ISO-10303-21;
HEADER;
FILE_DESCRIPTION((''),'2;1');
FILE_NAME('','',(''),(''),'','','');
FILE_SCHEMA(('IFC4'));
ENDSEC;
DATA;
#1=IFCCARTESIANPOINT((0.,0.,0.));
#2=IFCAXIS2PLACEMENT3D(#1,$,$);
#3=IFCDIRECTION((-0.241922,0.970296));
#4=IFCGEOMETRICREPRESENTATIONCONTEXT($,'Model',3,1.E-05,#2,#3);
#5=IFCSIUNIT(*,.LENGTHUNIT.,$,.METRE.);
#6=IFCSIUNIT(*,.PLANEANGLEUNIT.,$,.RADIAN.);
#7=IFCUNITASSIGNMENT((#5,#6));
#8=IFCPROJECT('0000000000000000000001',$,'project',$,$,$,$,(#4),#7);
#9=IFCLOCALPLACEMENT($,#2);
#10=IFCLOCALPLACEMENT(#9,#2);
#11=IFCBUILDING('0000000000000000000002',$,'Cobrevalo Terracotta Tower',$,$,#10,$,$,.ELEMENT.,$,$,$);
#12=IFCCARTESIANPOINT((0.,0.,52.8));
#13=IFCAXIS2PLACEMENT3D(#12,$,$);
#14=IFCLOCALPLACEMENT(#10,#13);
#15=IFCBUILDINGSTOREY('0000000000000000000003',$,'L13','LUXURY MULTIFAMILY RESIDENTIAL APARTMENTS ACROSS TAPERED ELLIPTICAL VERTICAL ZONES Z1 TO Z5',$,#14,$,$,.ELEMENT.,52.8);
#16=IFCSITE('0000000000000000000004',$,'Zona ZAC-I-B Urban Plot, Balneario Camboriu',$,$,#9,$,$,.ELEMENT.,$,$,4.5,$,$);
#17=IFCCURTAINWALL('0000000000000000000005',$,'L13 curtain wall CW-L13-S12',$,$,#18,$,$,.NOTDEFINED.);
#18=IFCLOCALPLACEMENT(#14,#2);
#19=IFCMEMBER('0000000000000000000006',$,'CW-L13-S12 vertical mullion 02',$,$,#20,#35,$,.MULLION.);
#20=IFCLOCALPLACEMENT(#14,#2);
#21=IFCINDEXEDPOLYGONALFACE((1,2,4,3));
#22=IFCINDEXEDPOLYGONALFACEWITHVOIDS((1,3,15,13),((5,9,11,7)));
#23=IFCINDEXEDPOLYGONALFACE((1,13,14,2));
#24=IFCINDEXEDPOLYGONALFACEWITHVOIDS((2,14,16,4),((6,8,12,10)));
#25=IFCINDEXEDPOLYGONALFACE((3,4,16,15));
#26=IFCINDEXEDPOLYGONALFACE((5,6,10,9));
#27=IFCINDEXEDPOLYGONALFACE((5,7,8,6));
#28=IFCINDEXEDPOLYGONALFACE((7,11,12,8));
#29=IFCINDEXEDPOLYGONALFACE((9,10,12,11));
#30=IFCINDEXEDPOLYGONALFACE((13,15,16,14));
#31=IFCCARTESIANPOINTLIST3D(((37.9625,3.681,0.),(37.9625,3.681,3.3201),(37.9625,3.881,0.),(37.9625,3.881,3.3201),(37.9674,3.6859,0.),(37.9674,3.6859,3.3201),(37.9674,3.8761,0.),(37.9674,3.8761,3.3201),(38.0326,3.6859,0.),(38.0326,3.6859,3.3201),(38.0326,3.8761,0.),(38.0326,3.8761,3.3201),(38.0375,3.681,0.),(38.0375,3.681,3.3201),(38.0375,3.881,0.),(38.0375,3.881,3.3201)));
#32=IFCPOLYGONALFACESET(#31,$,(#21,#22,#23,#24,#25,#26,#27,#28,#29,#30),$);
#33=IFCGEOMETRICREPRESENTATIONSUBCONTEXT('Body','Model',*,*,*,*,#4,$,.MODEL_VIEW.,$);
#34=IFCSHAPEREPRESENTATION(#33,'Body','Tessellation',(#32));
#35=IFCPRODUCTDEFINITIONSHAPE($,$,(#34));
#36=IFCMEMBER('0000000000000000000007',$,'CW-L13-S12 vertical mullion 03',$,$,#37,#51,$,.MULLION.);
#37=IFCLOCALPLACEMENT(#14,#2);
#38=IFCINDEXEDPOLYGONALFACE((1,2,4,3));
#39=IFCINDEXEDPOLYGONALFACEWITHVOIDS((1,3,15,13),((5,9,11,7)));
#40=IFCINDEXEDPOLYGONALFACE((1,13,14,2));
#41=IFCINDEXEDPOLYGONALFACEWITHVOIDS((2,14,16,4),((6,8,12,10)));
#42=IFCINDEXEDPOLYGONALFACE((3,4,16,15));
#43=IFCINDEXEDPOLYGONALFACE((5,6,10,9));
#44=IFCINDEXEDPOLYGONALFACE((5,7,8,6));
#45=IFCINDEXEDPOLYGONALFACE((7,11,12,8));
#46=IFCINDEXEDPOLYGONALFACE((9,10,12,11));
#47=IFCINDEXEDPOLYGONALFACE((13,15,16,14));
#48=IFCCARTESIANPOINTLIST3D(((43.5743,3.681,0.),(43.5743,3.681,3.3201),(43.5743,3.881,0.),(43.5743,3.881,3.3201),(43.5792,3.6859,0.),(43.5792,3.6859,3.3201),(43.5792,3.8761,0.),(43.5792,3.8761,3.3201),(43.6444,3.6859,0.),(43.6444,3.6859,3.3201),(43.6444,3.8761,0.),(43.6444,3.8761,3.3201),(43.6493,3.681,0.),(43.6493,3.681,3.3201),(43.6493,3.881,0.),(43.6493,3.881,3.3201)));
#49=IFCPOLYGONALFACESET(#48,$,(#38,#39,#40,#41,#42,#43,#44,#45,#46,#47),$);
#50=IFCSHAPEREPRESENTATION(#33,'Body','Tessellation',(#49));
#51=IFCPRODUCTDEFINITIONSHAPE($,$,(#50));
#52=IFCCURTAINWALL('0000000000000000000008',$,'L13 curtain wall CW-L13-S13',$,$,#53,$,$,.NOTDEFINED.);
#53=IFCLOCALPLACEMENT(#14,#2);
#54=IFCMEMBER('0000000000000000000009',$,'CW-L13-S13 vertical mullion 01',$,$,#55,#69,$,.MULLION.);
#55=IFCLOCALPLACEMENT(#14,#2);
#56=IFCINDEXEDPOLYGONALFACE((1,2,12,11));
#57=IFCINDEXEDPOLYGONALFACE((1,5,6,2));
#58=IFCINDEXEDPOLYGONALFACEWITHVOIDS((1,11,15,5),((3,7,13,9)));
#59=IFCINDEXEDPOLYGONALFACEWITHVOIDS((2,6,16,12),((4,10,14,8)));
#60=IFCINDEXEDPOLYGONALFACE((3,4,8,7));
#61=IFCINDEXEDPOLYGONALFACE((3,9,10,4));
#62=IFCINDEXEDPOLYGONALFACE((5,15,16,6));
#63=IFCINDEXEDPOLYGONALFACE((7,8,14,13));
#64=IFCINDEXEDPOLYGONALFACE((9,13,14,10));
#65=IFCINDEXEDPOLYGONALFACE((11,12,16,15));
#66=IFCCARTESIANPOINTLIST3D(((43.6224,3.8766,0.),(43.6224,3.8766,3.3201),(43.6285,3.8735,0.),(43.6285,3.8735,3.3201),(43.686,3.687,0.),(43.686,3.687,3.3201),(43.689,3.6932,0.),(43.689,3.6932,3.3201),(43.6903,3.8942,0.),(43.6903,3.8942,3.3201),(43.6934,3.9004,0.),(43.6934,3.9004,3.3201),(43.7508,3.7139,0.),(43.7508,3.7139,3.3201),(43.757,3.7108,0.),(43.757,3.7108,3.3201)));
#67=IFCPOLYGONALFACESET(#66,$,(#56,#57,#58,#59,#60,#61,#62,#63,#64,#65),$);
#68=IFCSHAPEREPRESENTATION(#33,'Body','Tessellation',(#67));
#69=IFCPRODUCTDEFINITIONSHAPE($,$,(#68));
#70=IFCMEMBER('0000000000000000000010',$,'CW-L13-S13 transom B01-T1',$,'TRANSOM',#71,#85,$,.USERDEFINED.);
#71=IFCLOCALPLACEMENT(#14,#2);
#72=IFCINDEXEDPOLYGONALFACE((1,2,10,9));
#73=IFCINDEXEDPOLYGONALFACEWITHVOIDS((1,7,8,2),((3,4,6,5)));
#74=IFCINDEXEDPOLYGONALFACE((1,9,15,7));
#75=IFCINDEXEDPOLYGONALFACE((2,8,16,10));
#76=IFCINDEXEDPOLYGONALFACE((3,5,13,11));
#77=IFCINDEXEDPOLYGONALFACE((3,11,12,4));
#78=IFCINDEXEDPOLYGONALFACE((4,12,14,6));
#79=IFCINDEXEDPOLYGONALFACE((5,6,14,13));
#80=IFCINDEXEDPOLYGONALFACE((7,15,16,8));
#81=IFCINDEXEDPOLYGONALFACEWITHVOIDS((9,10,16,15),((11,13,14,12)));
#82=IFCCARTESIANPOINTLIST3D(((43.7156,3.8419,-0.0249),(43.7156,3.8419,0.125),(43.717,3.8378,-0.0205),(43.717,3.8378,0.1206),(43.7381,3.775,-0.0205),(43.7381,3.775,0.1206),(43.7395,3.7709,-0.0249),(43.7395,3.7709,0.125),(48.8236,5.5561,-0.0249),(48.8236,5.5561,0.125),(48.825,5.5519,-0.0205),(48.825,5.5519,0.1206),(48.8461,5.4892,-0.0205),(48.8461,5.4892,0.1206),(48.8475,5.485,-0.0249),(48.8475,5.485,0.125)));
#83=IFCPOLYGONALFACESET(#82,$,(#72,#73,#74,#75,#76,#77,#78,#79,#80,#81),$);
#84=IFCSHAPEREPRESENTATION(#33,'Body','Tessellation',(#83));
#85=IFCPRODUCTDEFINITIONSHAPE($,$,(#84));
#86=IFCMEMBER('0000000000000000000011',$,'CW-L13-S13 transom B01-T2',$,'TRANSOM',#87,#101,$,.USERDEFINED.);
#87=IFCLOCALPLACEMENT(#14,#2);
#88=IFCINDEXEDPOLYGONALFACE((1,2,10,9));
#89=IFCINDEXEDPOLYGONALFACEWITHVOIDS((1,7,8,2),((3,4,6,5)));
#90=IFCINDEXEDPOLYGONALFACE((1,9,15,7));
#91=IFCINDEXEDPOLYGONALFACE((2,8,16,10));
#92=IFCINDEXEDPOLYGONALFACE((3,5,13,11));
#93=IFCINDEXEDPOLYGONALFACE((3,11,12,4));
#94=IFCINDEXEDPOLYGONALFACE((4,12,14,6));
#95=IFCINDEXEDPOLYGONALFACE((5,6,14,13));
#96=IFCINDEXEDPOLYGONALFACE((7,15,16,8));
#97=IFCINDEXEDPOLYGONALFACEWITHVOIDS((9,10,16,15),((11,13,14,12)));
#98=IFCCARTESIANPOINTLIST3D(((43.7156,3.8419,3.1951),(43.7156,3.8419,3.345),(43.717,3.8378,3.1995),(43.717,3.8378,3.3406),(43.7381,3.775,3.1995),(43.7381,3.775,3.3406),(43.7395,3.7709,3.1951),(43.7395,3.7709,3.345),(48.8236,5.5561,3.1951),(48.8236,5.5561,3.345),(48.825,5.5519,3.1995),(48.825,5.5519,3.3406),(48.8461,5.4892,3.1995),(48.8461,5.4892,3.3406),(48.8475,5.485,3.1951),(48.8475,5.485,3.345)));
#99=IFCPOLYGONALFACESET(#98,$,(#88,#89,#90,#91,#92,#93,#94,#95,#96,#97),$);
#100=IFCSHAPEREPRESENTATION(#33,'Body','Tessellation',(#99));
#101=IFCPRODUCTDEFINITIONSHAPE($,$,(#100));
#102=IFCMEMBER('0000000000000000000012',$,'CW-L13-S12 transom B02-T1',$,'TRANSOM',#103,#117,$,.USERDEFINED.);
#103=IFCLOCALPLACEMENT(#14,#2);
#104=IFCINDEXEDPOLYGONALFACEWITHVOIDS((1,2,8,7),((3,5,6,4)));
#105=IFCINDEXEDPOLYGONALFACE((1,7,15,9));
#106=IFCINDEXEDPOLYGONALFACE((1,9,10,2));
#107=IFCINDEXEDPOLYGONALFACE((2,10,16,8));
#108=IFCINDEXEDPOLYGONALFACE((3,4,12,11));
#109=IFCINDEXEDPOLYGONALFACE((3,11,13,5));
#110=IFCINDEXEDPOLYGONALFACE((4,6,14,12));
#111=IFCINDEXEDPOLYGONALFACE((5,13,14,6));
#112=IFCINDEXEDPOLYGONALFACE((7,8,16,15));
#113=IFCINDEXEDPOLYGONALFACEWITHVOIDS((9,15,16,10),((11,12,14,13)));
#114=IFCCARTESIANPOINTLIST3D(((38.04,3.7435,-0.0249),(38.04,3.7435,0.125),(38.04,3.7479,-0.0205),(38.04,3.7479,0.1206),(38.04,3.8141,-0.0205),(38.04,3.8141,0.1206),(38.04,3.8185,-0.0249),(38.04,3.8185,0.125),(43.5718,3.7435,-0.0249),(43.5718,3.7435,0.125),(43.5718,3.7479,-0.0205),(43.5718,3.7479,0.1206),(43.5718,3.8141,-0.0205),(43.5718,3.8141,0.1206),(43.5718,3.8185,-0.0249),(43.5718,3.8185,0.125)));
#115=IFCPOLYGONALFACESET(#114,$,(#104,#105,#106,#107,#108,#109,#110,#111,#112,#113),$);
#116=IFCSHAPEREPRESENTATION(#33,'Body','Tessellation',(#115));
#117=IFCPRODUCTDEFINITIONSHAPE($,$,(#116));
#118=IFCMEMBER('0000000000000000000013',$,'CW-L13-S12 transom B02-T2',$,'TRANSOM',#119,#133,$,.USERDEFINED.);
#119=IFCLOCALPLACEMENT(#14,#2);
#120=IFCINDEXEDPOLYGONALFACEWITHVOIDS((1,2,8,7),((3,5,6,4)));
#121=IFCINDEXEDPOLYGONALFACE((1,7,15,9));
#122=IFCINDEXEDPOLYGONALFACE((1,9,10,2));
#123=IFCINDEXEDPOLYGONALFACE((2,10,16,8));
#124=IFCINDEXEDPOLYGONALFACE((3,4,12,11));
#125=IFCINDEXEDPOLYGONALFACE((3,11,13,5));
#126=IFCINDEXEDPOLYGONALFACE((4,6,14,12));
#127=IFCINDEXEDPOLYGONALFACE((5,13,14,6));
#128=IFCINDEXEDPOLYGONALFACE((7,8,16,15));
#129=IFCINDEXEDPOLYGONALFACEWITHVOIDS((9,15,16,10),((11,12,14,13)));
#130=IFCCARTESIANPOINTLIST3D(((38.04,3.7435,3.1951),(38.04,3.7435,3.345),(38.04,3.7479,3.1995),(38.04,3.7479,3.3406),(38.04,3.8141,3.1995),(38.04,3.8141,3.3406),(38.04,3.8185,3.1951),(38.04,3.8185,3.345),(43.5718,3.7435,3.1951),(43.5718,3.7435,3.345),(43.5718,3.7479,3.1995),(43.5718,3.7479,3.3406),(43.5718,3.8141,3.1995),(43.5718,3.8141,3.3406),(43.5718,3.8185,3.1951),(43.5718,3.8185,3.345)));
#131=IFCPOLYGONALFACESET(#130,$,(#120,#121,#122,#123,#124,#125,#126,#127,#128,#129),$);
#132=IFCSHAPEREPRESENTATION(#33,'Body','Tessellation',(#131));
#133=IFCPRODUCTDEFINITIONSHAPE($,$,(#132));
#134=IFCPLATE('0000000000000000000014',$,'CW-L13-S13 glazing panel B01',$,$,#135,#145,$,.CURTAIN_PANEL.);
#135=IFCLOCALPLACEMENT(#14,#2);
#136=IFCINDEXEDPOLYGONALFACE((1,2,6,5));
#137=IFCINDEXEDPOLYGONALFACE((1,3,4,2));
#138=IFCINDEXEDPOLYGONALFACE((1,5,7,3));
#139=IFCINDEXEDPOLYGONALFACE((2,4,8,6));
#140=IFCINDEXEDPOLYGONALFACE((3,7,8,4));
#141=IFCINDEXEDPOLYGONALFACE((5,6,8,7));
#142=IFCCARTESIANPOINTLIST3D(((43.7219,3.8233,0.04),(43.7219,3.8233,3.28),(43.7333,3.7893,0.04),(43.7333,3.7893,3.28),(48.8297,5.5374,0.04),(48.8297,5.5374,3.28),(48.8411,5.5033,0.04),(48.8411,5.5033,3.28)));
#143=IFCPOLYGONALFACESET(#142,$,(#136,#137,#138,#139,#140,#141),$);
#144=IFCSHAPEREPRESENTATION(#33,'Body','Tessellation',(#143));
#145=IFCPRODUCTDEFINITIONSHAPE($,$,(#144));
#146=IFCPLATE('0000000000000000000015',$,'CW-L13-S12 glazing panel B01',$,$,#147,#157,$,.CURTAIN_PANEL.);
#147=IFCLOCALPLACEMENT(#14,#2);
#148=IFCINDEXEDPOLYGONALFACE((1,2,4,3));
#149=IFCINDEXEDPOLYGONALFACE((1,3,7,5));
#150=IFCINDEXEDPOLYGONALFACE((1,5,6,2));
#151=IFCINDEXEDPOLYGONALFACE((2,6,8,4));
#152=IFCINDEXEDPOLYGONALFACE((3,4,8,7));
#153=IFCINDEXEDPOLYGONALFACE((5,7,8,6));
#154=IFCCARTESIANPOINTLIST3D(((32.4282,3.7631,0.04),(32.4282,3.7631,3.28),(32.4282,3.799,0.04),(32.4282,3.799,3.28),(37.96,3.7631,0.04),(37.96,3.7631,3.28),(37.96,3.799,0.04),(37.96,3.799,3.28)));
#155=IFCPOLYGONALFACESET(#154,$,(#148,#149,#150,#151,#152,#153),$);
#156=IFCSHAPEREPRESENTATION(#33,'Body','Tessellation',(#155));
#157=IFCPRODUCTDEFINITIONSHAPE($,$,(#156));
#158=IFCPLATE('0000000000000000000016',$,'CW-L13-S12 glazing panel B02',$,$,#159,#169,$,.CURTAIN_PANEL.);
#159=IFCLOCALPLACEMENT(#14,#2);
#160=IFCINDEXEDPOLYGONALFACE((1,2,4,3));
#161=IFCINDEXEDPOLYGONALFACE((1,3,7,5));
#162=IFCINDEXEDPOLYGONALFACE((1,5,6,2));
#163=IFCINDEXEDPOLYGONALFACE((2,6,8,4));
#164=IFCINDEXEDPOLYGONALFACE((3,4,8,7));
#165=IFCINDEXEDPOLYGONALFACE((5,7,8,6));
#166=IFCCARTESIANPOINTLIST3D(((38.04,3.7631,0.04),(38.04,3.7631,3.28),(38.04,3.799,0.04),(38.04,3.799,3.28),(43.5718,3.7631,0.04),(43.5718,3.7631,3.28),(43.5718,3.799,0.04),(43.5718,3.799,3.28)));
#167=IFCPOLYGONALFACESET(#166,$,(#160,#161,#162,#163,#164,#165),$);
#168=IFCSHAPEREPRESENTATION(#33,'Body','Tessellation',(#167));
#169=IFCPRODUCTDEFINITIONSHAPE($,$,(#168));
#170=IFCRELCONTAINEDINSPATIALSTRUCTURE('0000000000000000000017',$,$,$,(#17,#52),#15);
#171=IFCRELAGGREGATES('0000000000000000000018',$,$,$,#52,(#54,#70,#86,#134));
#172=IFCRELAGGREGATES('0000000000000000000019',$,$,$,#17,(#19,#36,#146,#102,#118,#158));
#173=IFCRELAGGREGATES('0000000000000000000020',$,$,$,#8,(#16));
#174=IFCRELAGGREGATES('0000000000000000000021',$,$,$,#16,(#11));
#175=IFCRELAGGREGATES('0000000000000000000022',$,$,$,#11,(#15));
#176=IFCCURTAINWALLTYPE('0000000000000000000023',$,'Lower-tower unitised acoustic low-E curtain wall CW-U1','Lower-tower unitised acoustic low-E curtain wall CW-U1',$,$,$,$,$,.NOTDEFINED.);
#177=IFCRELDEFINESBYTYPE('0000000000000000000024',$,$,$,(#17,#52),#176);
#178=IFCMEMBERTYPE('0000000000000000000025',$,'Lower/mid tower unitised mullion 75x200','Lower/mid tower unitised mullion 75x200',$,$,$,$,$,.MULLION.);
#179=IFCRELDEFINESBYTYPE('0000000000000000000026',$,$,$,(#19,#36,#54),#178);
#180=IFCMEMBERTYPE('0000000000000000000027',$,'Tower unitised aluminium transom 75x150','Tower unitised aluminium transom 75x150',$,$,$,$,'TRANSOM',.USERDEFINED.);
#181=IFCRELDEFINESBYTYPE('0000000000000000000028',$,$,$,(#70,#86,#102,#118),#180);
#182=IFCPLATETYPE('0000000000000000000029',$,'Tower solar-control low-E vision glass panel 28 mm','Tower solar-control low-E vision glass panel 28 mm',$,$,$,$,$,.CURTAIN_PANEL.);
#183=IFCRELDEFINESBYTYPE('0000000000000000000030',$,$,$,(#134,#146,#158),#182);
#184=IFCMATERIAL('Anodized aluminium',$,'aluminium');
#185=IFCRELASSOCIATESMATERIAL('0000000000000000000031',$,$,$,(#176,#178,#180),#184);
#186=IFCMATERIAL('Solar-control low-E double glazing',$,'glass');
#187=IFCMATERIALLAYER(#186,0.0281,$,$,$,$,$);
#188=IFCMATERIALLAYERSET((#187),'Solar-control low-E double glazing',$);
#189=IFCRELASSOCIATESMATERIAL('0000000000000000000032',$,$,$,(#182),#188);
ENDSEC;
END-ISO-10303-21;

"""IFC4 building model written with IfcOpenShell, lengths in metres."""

from ifc_helpers import new_model, si_unit, direction, frame, origin, origin_2d, place, context, subcontext, project, spatial, rectangle, hollow_rectangle, extrude, source, transform, mapped, material, layer, layer_set, material_profile, profile_set, type_object, element, aggregate, save


model = new_model("IFC4")

# Units and contexts
model_context = context("Model", 3, precision=1e-05, world=origin(), true_north=direction((-0.241922, 0.970296)))
body_context = subcontext(model_context, "Body", "Model", "MODEL_VIEW")
ifc_project = project(units=[si_unit("LENGTHUNIT", "METRE"), si_unit("PLANEANGLEUNIT", "RADIAN")], contexts=[model_context])

# Site, building, storey
site_placement = place(None, origin())
site = spatial("IfcSite", under=ifc_project, at=site_placement, Name="Zona ZAC-I-B Urban Plot, Balneario Camboriu", CompositionType="ELEMENT", RefElevation=4.5)
building_placement = place(site_placement, origin())
building = spatial("IfcBuilding", under=site, at=building_placement, Name="Cobrevalo Terracotta Tower", CompositionType="ELEMENT")
storey_placement = place(building_placement, frame((0.0, 0.0, 52.8)))
storey = spatial("IfcBuildingStorey", under=building, at=storey_placement, Name="L13", Description="LUXURY MULTIFAMILY RESIDENTIAL APARTMENTS ACROSS TAPERED ELLIPTICAL VERTICAL ZONES Z1 TO Z5", CompositionType="ELEMENT", Elevation=52.8)

# Curtain walls, members
ifc_material_1 = material(Name="Anodized aluminium", Category="aluminium")
curtain_wall_type = type_object("IfcCurtainWallType", Name="Lower-tower unitised acoustic low-E curtain wall CW-U1", Description="Lower-tower unitised acoustic low-E curtain wall CW-U1", PredefinedType="NOTDEFINED", material=ifc_material_1)
curtain_wall_1_placement = place(storey_placement, origin())
curtain_wall_1 = element("IfcCurtainWall", 1, at=curtain_wall_1_placement, inside=storey, type_object=curtain_wall_type, Name="L13 curtain wall CW-L13-S12", PredefinedType="NOTDEFINED")
ifc_material_profile_1 = material_profile(ifc_material_1, hollow_rectangle(XDim=0.075, YDim=0.2, WallThickness=0.0049, at=origin_2d()), Name="CWM 75x200")
ifc_profile_set_1 = profile_set([ifc_material_profile_1], Name="Anodized aluminium")
member_type_1 = type_object("IfcMemberType", Name="Lower/mid tower unitised mullion 75x200", Description="Lower/mid tower unitised mullion 75x200", PredefinedType="MULLION", material=ifc_profile_set_1)
shared_shape_1 = source(origin(), body_context, "Body", "SweptSolid", [
    extrude(hollow_rectangle(XDim=0.075, YDim=0.2, WallThickness=0.0049, at=origin_2d()), origin(), (0.0, 0.0, 1.0), 3.3201),
])
member_1_placement = place(storey_placement, frame((38.0, 3.781, 0.0), z_axis=(0.0, 0.0, 1.0), x_axis=(1.0, 0.0, 0.0)))
member_1 = element("IfcMember", 2, at=member_1_placement, type_object=member_type_1, Name="CW-L13-S12 vertical mullion 02", PredefinedType="MULLION", context=body_context, shape_type="MappedRepresentation", body=[
    mapped(shared_shape_1, transform((0.0, 0.0, 0.0), scale=1.0)),
])
member_2_placement = place(storey_placement, frame((43.6118, 3.781, 0.0), z_axis=(0.0, 0.0, 1.0), x_axis=(1.0, 0.0, 0.0)))
member_2 = element("IfcMember", 3, at=member_2_placement, type_object=member_type_1, Name="CW-L13-S12 vertical mullion 03", PredefinedType="MULLION", context=body_context, shape_type="MappedRepresentation", body=[
    mapped(shared_shape_1, transform((0.0, 0.0, 0.0), scale=1.0)),
])
curtain_wall_2_placement = place(storey_placement, origin())
curtain_wall_2 = element("IfcCurtainWall", 4, at=curtain_wall_2_placement, inside=storey, type_object=curtain_wall_type, Name="L13 curtain wall CW-L13-S13", PredefinedType="NOTDEFINED")
member_3_placement = place(storey_placement, frame((43.6897, 3.7937, 0.0), z_axis=(0.0, 0.0, 1.0), x_axis=(0.948046, 0.318132, 0.0)))
member_3 = element("IfcMember", 5, at=member_3_placement, type_object=member_type_1, Name="CW-L13-S13 vertical mullion 01", PredefinedType="MULLION", context=body_context, shape_type="MappedRepresentation", body=[
    mapped(shared_shape_1, transform((0.0, 0.0, 0.0), scale=1.0)),
])
ifc_material_profile_2 = material_profile(ifc_material_1, hollow_rectangle(XDim=0.075, YDim=0.1499, WallThickness=0.0044, at=origin_2d()), Name="CWT 75x150")
ifc_profile_set_2 = profile_set([ifc_material_profile_2], Name="Anodized aluminium")
member_type_2 = type_object("IfcMemberType", Name="Tower unitised aluminium transom 75x150", Description="Tower unitised aluminium transom 75x150", ElementType="TRANSOM", PredefinedType="USERDEFINED", material=ifc_profile_set_2)
shared_shape_2 = source(origin(), body_context, "Body", "SweptSolid", [
    extrude(hollow_rectangle(XDim=0.075, YDim=0.1499, WallThickness=0.0044, at=origin_2d()), origin(), (0.0, 0.0, 1.0), 5.3879),
])
member_4_placement = place(storey_placement, frame((43.7275, 3.8064, 0.05), z_axis=(0.948042, 0.318144, 0.0), x_axis=(-0.318144, 0.948042, 0.0)))
member_4 = element("IfcMember", 6, at=member_4_placement, type_object=member_type_2, Name="CW-L13-S13 transom B01-T1", ObjectType="TRANSOM", PredefinedType="USERDEFINED", context=body_context, shape_type="MappedRepresentation", body=[
    mapped(shared_shape_2, transform((0.0, 0.0, 0.0), scale=1.0)),
])
member_5_placement = place(storey_placement, frame((43.7275, 3.8064, 3.27), z_axis=(0.948042, 0.318144, 0.0), x_axis=(-0.318144, 0.948042, 0.0)))
member_5 = element("IfcMember", 7, at=member_5_placement, type_object=member_type_2, Name="CW-L13-S13 transom B01-T2", ObjectType="TRANSOM", PredefinedType="USERDEFINED", context=body_context, shape_type="MappedRepresentation", body=[
    mapped(shared_shape_2, transform((0.0, 0.0, 0.0), scale=1.0)),
])

# Members
shared_shape_3 = source(origin(), body_context, "Body", "SweptSolid", [
    extrude(hollow_rectangle(XDim=0.075, YDim=0.1499, WallThickness=0.0044, at=origin_2d()), origin(), (0.0, 0.0, 1.0), 5.5317),
])
member_6_placement = place(storey_placement, frame((38.04, 3.781, 0.05), z_axis=(1.0, 0.0, 0.0), x_axis=(0.0, 1.0, 0.0)))
member_6 = element("IfcMember", 8, at=member_6_placement, type_object=member_type_2, Name="CW-L13-S12 transom B02-T1", ObjectType="TRANSOM", PredefinedType="USERDEFINED", context=body_context, shape_type="MappedRepresentation", body=[
    mapped(shared_shape_3, transform((0.0, 0.0, 0.0), scale=1.0)),
])
member_7_placement = place(storey_placement, frame((38.04, 3.781, 3.27), z_axis=(1.0, 0.0, 0.0), x_axis=(0.0, 1.0, 0.0)))
member_7 = element("IfcMember", 9, at=member_7_placement, type_object=member_type_2, Name="CW-L13-S12 transom B02-T2", ObjectType="TRANSOM", PredefinedType="USERDEFINED", context=body_context, shape_type="MappedRepresentation", body=[
    mapped(shared_shape_3, transform((0.0, 0.0, 0.0), scale=1.0)),
])

# Plates
ifc_material_2 = material(Name="Solar-control low-E double glazing", Category="glass")
ifc_layer_1 = layer(ifc_material_2, 0.0281)
ifc_layer_set_1 = layer_set([ifc_layer_1], Name="Solar-control low-E double glazing")
plate_type = type_object("IfcPlateType", Name="Tower solar-control low-E vision glass panel 28 mm", Description="Tower solar-control low-E vision glass panel 28 mm", PredefinedType="CURTAIN_PANEL", material=ifc_layer_set_1)
shared_shape_4 = source(origin(), body_context, "Body", "SweptSolid", [
    extrude(rectangle(XDim=5.3877, YDim=0.0359, at=origin_2d()), origin(), (0.0, 0.0, 1.0), 3.24),
])
plate_1_placement = place(storey_placement, frame((46.2815, 4.6633, 0.04), z_axis=(0.0, 0.0, 1.0), x_axis=(0.948044, 0.318139, 0.0)))
plate_1 = element("IfcPlate", 10, at=plate_1_placement, type_object=plate_type, Name="CW-L13-S13 glazing panel B01", PredefinedType="CURTAIN_PANEL", context=body_context, shape_type="MappedRepresentation", body=[
    mapped(shared_shape_4, transform((0.0, 0.0, 0.0), scale=1.0)),
])
aggregate(curtain_wall_2, [member_3, member_4, member_5, plate_1])
shared_shape_5 = source(origin(), body_context, "Body", "SweptSolid", [
    extrude(rectangle(XDim=5.5317, YDim=0.0359, at=origin_2d()), origin(), (0.0, 0.0, 1.0), 3.24),
])
plate_2_placement = place(storey_placement, frame((35.1941, 3.781, 0.04), z_axis=(0.0, 0.0, 1.0), x_axis=(1.0, 0.0, 0.0)))
plate_2 = element("IfcPlate", 11, at=plate_2_placement, type_object=plate_type, Name="CW-L13-S12 glazing panel B01", PredefinedType="CURTAIN_PANEL", context=body_context, shape_type="MappedRepresentation", body=[
    mapped(shared_shape_5, transform((0.0, 0.0, 0.0), scale=1.0)),
])
plate_3_placement = place(storey_placement, frame((40.8059, 3.781, 0.04), z_axis=(0.0, 0.0, 1.0), x_axis=(1.0, 0.0, 0.0)))
plate_3 = element("IfcPlate", 12, at=plate_3_placement, type_object=plate_type, Name="CW-L13-S12 glazing panel B02", PredefinedType="CURTAIN_PANEL", context=body_context, shape_type="MappedRepresentation", body=[
    mapped(shared_shape_5, transform((0.0, 0.0, 0.0), scale=1.0)),
])
aggregate(curtain_wall_1, [member_1, member_2, plate_2, member_6, member_7, plate_3])

save(model, "model.ifc")
